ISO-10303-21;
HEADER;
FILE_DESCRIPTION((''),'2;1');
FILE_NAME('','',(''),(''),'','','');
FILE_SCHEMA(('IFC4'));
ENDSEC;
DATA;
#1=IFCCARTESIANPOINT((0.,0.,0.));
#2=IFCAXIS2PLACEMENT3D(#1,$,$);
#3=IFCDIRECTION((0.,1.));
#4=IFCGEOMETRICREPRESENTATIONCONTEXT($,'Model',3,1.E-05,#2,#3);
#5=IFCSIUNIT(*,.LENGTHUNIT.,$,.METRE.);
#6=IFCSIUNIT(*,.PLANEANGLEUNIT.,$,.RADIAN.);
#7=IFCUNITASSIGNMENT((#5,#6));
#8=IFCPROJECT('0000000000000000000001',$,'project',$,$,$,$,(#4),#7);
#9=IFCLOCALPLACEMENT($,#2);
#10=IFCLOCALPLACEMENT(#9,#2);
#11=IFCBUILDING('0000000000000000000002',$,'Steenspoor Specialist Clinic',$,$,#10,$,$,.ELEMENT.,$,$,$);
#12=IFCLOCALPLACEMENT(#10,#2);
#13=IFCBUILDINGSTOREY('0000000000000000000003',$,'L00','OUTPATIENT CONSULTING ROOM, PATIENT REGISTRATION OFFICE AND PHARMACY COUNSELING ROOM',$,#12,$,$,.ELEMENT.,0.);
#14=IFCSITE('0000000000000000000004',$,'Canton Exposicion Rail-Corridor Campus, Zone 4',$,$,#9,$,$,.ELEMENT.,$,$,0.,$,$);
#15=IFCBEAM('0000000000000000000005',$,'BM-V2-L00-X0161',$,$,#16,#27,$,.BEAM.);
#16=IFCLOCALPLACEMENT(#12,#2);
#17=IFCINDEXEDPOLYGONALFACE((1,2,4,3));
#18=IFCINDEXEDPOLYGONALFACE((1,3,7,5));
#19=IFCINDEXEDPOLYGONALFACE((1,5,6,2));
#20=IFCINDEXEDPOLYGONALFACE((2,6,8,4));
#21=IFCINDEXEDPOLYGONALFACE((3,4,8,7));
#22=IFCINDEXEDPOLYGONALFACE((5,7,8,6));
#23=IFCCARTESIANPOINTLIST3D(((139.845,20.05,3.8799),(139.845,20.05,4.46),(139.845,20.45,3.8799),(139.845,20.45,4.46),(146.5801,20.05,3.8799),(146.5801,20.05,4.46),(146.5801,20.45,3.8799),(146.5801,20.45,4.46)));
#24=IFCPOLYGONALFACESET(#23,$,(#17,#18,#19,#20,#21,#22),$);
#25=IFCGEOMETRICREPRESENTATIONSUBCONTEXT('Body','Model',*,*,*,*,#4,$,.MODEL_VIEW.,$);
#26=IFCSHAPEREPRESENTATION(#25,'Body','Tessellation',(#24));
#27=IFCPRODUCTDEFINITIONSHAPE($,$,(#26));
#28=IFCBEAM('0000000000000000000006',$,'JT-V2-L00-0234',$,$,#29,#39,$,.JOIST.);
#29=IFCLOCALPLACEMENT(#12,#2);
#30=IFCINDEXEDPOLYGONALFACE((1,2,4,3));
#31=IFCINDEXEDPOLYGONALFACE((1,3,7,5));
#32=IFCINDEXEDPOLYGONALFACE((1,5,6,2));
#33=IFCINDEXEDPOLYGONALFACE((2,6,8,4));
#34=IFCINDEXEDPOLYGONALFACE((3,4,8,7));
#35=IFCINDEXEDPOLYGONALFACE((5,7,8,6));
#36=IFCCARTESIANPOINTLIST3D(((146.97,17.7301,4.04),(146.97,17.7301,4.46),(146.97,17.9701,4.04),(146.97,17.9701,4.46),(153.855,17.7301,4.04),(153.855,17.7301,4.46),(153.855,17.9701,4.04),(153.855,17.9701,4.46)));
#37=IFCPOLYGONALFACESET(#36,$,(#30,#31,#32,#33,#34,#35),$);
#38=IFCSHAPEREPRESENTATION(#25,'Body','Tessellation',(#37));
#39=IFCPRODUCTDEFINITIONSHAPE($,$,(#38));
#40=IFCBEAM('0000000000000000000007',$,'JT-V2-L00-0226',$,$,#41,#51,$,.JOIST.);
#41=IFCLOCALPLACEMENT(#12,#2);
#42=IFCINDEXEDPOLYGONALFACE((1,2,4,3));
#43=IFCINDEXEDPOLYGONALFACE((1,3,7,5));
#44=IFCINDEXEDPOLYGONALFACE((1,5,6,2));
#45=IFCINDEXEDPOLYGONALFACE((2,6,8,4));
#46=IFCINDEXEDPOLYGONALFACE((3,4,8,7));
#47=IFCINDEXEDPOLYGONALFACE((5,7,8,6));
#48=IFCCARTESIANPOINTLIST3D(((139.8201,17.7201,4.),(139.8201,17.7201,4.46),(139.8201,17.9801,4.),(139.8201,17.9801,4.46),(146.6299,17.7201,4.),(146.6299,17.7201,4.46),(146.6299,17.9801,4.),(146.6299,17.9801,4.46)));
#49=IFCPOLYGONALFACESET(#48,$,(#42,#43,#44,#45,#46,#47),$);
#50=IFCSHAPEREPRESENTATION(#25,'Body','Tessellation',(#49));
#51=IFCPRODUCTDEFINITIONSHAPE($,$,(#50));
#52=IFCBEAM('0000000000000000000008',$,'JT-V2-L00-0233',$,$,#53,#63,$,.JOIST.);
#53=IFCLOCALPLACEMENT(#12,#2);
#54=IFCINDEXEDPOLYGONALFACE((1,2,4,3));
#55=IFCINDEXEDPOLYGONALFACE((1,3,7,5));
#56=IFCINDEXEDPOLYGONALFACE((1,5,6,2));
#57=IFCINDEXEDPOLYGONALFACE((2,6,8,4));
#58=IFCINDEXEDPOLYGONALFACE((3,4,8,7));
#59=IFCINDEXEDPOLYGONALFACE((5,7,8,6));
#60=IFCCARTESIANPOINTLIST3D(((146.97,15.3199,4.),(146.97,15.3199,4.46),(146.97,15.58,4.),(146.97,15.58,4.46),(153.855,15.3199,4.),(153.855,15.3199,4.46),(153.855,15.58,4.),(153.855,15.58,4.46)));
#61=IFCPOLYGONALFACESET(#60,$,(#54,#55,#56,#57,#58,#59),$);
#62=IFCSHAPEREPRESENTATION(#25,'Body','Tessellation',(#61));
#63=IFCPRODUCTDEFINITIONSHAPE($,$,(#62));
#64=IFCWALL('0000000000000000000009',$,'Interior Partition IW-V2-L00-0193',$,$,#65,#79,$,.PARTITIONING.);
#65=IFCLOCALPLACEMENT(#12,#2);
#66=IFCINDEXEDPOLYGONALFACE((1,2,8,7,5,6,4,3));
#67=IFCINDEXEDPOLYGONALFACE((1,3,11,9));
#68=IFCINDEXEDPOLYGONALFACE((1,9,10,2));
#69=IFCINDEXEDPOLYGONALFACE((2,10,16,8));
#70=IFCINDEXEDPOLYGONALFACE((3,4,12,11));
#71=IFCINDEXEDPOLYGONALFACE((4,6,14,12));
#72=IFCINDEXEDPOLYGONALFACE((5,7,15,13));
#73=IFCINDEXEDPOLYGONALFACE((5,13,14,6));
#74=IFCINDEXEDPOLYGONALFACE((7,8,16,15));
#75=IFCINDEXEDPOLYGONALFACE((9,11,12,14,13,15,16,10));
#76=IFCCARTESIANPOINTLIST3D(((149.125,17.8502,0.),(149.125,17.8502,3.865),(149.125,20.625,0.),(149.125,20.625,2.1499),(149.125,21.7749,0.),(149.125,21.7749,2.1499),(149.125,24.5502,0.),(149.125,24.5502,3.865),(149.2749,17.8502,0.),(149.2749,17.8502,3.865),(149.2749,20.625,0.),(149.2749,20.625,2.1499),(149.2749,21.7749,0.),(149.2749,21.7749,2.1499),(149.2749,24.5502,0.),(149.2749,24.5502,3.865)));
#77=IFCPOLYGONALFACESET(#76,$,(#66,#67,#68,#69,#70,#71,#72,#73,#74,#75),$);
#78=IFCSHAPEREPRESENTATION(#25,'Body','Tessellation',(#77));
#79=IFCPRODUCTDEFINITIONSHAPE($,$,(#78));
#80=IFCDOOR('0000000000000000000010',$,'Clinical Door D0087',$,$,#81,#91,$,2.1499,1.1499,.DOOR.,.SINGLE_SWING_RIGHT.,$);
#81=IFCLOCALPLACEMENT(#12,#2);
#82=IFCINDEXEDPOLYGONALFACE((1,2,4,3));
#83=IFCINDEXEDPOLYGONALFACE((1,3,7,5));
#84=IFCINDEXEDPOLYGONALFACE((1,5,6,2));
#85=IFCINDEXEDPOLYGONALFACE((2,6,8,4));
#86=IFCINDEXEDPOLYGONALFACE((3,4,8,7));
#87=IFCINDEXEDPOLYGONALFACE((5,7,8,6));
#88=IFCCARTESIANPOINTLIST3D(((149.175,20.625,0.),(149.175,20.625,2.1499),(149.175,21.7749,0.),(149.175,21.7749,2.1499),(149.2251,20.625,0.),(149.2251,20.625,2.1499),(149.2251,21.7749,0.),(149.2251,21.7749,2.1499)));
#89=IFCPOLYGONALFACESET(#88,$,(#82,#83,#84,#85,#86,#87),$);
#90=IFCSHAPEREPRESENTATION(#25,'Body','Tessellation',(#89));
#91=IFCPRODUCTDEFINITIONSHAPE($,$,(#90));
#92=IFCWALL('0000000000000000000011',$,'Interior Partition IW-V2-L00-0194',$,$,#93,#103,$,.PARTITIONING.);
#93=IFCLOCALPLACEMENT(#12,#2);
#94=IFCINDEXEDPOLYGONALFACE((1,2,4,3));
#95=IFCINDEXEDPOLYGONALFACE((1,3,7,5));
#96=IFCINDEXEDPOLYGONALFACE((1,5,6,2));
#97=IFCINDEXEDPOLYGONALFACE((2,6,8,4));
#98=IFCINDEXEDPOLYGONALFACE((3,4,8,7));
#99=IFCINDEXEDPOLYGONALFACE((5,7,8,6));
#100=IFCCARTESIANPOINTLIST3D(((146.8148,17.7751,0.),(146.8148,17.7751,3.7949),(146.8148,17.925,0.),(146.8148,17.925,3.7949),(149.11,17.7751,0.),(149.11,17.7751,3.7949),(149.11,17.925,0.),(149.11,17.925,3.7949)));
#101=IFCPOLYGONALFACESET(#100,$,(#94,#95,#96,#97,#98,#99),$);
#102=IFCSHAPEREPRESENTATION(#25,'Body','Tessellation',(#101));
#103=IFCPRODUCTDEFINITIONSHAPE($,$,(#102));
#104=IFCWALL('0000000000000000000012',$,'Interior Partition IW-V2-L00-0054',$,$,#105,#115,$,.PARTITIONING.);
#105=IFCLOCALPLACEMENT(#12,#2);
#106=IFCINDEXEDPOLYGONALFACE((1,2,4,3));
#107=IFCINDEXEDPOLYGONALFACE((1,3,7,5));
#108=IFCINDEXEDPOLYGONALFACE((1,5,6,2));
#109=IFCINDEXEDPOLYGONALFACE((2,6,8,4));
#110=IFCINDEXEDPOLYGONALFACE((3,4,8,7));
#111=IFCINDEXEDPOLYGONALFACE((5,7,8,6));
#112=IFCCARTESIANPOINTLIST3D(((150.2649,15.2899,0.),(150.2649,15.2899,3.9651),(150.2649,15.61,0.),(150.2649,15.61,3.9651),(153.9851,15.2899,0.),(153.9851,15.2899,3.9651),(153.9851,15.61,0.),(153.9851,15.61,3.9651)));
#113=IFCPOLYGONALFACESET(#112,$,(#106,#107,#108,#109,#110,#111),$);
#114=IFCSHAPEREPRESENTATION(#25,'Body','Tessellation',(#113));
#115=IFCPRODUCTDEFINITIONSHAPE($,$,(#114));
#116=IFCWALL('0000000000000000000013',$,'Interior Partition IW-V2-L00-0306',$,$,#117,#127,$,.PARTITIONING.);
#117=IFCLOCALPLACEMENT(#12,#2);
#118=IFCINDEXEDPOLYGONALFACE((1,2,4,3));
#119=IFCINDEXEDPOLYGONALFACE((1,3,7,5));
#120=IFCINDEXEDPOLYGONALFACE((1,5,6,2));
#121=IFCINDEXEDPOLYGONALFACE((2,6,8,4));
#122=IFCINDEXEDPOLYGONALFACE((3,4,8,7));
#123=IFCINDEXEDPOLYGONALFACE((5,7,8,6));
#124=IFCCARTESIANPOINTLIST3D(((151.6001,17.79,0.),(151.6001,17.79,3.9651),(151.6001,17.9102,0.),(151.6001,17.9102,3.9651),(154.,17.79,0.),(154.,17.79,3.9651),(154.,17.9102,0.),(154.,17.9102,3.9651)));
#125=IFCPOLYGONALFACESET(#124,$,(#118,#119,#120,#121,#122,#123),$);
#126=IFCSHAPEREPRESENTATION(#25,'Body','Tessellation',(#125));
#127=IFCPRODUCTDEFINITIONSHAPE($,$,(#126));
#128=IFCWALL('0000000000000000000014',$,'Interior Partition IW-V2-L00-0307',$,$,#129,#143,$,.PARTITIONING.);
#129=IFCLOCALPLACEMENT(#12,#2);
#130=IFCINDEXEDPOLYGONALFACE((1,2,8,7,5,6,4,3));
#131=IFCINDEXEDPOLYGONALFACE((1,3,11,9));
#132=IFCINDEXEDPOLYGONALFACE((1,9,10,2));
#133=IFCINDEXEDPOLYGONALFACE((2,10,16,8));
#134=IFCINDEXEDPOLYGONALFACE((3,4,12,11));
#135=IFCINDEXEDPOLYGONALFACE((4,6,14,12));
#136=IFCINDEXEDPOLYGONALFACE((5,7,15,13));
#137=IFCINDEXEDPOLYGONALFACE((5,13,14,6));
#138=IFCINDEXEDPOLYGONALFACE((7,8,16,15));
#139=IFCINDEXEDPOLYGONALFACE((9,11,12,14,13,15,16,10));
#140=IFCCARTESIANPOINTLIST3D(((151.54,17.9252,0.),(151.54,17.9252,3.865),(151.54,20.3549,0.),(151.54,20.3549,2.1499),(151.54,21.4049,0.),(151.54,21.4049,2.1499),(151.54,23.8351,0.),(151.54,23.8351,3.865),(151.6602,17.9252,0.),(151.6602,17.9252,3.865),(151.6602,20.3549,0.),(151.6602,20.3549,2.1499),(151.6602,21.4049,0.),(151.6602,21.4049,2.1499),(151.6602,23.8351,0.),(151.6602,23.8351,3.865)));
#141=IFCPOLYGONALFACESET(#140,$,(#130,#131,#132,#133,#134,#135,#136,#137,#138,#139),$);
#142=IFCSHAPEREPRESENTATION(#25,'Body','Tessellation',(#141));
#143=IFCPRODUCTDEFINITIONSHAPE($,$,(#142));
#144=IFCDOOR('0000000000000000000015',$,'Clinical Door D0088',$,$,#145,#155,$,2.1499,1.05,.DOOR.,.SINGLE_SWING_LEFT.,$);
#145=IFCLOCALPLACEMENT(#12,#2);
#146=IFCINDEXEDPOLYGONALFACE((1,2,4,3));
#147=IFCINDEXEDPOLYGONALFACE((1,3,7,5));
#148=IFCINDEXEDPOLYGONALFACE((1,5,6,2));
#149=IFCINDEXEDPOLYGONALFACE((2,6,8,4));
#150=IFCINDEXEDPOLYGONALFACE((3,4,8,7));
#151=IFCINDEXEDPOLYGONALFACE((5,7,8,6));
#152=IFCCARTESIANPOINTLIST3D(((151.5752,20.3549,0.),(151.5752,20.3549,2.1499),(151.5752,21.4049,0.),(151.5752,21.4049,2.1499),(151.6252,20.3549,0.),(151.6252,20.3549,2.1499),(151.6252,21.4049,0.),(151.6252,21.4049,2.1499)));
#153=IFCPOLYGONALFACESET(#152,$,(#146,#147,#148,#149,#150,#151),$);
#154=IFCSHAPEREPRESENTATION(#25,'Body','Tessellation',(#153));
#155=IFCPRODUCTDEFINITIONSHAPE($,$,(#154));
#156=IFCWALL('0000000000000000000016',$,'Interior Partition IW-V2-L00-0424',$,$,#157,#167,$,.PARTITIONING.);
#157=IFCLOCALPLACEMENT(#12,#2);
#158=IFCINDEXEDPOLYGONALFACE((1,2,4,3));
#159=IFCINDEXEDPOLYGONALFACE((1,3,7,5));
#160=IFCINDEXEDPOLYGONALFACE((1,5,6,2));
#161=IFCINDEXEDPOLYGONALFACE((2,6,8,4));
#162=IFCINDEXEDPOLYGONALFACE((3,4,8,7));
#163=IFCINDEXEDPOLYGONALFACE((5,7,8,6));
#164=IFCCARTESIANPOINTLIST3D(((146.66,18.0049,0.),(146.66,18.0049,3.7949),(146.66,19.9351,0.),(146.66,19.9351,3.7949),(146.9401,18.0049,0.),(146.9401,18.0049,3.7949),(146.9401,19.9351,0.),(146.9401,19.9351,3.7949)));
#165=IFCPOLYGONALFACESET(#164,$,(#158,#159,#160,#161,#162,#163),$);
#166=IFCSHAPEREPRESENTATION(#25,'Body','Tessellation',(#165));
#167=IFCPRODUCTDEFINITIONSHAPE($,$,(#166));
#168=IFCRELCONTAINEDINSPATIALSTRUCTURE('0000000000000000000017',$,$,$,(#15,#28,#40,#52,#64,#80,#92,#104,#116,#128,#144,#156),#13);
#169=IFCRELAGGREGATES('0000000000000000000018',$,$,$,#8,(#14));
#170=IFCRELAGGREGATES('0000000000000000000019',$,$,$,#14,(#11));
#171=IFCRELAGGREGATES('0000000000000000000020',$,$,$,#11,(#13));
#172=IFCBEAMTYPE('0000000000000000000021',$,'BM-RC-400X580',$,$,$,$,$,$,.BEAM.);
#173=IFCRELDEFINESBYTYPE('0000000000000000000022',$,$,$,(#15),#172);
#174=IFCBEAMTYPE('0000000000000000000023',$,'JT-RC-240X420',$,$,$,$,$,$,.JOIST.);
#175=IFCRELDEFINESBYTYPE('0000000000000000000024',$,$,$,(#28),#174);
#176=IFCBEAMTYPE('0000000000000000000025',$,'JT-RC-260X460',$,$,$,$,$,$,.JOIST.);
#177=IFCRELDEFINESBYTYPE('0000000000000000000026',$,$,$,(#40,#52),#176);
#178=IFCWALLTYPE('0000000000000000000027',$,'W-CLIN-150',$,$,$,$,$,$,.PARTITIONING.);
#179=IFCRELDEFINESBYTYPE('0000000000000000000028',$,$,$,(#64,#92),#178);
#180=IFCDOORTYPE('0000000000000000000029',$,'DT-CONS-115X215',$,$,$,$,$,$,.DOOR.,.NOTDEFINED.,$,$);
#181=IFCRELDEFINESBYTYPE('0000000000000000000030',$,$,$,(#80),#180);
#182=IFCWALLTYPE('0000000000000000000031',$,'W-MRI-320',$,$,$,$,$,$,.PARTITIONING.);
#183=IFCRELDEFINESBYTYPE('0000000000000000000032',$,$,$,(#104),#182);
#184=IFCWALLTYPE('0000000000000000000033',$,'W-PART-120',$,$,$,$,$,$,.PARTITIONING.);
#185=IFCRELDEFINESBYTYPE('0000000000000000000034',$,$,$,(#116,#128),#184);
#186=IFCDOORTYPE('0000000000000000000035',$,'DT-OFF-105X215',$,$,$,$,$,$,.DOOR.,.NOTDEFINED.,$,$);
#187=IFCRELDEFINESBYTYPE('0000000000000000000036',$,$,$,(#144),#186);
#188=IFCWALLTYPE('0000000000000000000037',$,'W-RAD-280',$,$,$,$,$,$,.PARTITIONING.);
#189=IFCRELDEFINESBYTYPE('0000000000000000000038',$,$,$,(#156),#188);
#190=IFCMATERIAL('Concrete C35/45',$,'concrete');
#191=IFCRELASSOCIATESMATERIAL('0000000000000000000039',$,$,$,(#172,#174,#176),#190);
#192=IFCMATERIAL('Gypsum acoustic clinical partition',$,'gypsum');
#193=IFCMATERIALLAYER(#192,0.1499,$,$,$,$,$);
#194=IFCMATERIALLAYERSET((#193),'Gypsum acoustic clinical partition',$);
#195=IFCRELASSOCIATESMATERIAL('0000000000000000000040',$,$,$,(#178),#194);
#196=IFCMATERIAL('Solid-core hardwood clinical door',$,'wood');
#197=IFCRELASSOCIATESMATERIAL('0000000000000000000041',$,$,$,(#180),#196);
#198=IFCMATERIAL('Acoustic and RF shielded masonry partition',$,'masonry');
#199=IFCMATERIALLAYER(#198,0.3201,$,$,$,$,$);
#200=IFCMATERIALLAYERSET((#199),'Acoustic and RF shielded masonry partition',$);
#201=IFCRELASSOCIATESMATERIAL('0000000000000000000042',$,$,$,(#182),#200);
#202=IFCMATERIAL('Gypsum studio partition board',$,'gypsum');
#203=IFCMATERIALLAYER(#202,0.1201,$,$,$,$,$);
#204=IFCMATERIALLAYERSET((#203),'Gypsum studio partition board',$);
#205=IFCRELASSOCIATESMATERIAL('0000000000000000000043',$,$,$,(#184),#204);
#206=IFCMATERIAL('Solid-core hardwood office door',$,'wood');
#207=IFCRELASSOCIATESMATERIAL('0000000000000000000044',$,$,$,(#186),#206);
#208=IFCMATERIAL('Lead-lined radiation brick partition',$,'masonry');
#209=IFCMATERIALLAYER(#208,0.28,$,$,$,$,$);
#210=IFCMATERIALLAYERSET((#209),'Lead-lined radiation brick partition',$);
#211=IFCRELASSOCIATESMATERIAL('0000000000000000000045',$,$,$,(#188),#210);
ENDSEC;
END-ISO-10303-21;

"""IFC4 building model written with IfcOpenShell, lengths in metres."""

from ifc_helpers import new_model, si_unit, direction, frame, frame_2d, origin, origin_2d, place, context, subcontext, project, spatial, rectangle, extrude, material, layer, layer_set, material_profile, profile_set, type_object, element, fill, save


model = new_model("IFC4")

# Units and contexts
model_context = context("Model", 3, precision=1e-05, world=origin(), true_north=direction((0.0, 1.0)))
body_context = subcontext(model_context, "Body", "Model", "MODEL_VIEW")
ifc_project = project(units=[si_unit("LENGTHUNIT", "METRE"), si_unit("PLANEANGLEUNIT", "RADIAN")], contexts=[model_context])

# Site, building, storey
site_placement = place(None, origin())
site = spatial("IfcSite", under=ifc_project, at=site_placement, Name="Canton Exposicion Rail-Corridor Campus, Zone 4", CompositionType="ELEMENT", RefElevation=0.0)
building_placement = place(site_placement, origin())
building = spatial("IfcBuilding", under=site, at=building_placement, Name="Steenspoor Specialist Clinic", CompositionType="ELEMENT")
storey_placement = place(building_placement, origin())
storey = spatial("IfcBuildingStorey", under=building, at=storey_placement, Name="L00", Description="OUTPATIENT CONSULTING ROOM, PATIENT REGISTRATION OFFICE AND PHARMACY COUNSELING ROOM", CompositionType="ELEMENT", Elevation=0.0)

# Shared definitions
ifc_material_1 = material(Name="Concrete C35/45", Category="concrete")

# Beams
ifc_material_profile_1 = material_profile(ifc_material_1, rectangle(XDim=0.3999, YDim=0.5801, at=origin_2d()), Name="RC-BM-400X580")
ifc_profile_set_1 = profile_set([ifc_material_profile_1], Name="Concrete C35/45")
beam_type_1 = type_object("IfcBeamType", Name="BM-RC-400X580", PredefinedType="BEAM", material=ifc_profile_set_1)
beam_1_placement = place(storey_placement, frame((139.845, 20.25, 4.1699), z_axis=(1.0, 0.0, 0.0), x_axis=(0.0, 1.0, 0.0)))
element("IfcBeam", 1, at=beam_1_placement, inside=storey, type_object=beam_type_1, Name="BM-V2-L00-X0161", PredefinedType="BEAM", context=body_context, shape_type="SweptSolid", body=[
    extrude(rectangle(XDim=0.3999, YDim=0.5801, at=origin_2d()), origin(), (0.0, 0.0, 1.0), 6.7351),
])
ifc_material_profile_2 = material_profile(ifc_material_1, rectangle(XDim=0.24, YDim=0.4199, at=origin_2d()), Name="RC-JT-240X420")
ifc_profile_set_2 = profile_set([ifc_material_profile_2], Name="Concrete C35/45")
beam_type_2 = type_object("IfcBeamType", Name="JT-RC-240X420", PredefinedType="JOIST", material=ifc_profile_set_2)
beam_2_placement = place(storey_placement, frame((146.97, 17.8501, 4.25), z_axis=(1.0, 0.0, 0.0), x_axis=(0.0, 1.0, 0.0)))
element("IfcBeam", 2, at=beam_2_placement, inside=storey, type_object=beam_type_2, Name="JT-V2-L00-0234", PredefinedType="JOIST", context=body_context, shape_type="SweptSolid", body=[
    extrude(rectangle(XDim=0.24, YDim=0.4199, at=origin_2d()), origin(), (0.0, 0.0, 1.0), 6.885),
])
ifc_material_profile_3 = material_profile(ifc_material_1, rectangle(XDim=0.26, YDim=0.46, at=origin_2d()), Name="RC-JT-260X460")
ifc_profile_set_3 = profile_set([ifc_material_profile_3], Name="Concrete C35/45")
beam_type_3 = type_object("IfcBeamType", Name="JT-RC-260X460", PredefinedType="JOIST", material=ifc_profile_set_3)
beam_3_placement = place(storey_placement, frame((139.8201, 17.8501, 4.23), z_axis=(1.0, 0.0, 0.0), x_axis=(0.0, 1.0, 0.0)))
element("IfcBeam", 3, at=beam_3_placement, inside=storey, type_object=beam_type_3, Name="JT-V2-L00-0226", PredefinedType="JOIST", context=body_context, shape_type="SweptSolid", body=[
    extrude(rectangle(XDim=0.26, YDim=0.46, at=origin_2d()), origin(), (0.0, 0.0, 1.0), 6.8098),
])
beam_4_placement = place(storey_placement, frame((146.97, 15.45, 4.23), z_axis=(1.0, 0.0, 0.0), x_axis=(0.0, 1.0, 0.0)))
element("IfcBeam", 4, at=beam_4_placement, inside=storey, type_object=beam_type_3, Name="JT-V2-L00-0233", PredefinedType="JOIST", context=body_context, shape_type="SweptSolid", body=[
    extrude(rectangle(XDim=0.26, YDim=0.46, at=origin_2d()), origin(), (0.0, 0.0, 1.0), 6.885),
])

# Wall, opening, door
ifc_material_2 = material(Name="Gypsum acoustic clinical partition", Category="gypsum")
ifc_layer_1 = layer(ifc_material_2, 0.1499)
ifc_layer_set_1 = layer_set([ifc_layer_1], Name="Gypsum acoustic clinical partition")
wall_type_1 = type_object("IfcWallType", Name="W-CLIN-150", PredefinedType="PARTITIONING", material=ifc_layer_set_1)
wall_1_placement = place(storey_placement, frame((149.2, 17.8501, 0.0), z_axis=(0.0, 0.0, 1.0), x_axis=(0.0, 1.0, 0.0)))
wall_1 = element("IfcWall", 5, at=wall_1_placement, inside=storey, type_object=wall_type_1, Name="Interior Partition IW-V2-L00-0193", PredefinedType="PARTITIONING", context=body_context, shape_type="SweptSolid", body=[
    extrude(rectangle(XDim=6.7, YDim=0.1499, at=frame_2d((3.3501, 0.0))), origin(), (0.0, 0.0, 1.0), 3.865),
])
opening_1_placement = place(wall_1_placement, frame((2.7749, 0.0, 0.0)))
opening_1 = element("IfcOpeningElement", 6, at=opening_1_placement, cuts=wall_1, PredefinedType="OPENING", context=body_context, shape_type="SweptSolid", body=[
    extrude(rectangle(XDim=1.1499, YDim=2.1499, at=frame_2d((0.575, 1.075))), frame((0.0, 0.085, 0.0), z_axis=(0.0, -1.0, 0.0), x_axis=(1.0, 0.0, 0.0)), (0.0, 0.0, 1.0), 0.1699),
])
ifc_material_3 = material(Name="Solid-core hardwood clinical door", Category="wood")
door_type_1 = type_object("IfcDoorType", Name="DT-CONS-115X215", OperationType="NOTDEFINED", PredefinedType="DOOR", material=ifc_material_3)
door_1_placement = place(opening_1_placement, origin())
door_1 = element("IfcDoor", 7, at=door_1_placement, inside=storey, type_object=door_type_1, Name="Clinical Door D0087", OperationType="SINGLE_SWING_RIGHT", OverallHeight=2.1499, OverallWidth=1.1499, PredefinedType="DOOR", context=body_context, shape_type="SweptSolid", body=[
    extrude(rectangle(XDim=1.1499, YDim=2.1499, at=frame_2d((0.575, 1.075))), frame((0.0, 0.0249, 0.0), z_axis=(0.0, -1.0, 0.0), x_axis=(1.0, 0.0, 0.0)), (0.0, 0.0, 1.0), 0.05),
])
fill(opening_1, door_1)

# Walls
wall_2_placement = place(storey_placement, frame((146.8149, 17.8501, 0.0), z_axis=(0.0, 0.0, 1.0), x_axis=(1.0, 0.0, 0.0)))
element("IfcWall", 8, at=wall_2_placement, inside=storey, type_object=wall_type_1, Name="Interior Partition IW-V2-L00-0194", PredefinedType="PARTITIONING", context=body_context, shape_type="SweptSolid", body=[
    extrude(rectangle(XDim=2.2952, YDim=0.1499, at=frame_2d((1.1475, 0.0))), origin(), (0.0, 0.0, 1.0), 3.7949),
])
ifc_material_4 = material(Name="Acoustic and RF shielded masonry partition", Category="masonry")
ifc_layer_2 = layer(ifc_material_4, 0.3201)
ifc_layer_set_2 = layer_set([ifc_layer_2], Name="Acoustic and RF shielded masonry partition")
wall_type_2 = type_object("IfcWallType", Name="W-MRI-320", PredefinedType="PARTITIONING", material=ifc_layer_set_2)
wall_3_placement = place(storey_placement, frame((150.2649, 15.45, 0.0), z_axis=(0.0, 0.0, 1.0), x_axis=(1.0, 0.0, 0.0)))
element("IfcWall", 9, at=wall_3_placement, inside=storey, type_object=wall_type_2, Name="Interior Partition IW-V2-L00-0054", PredefinedType="PARTITIONING", context=body_context, shape_type="SweptSolid", body=[
    extrude(rectangle(XDim=3.7202, YDim=0.3201, at=frame_2d((1.8601, 0.0))), origin(), (0.0, 0.0, 1.0), 3.9651),
])
ifc_material_5 = material(Name="Gypsum studio partition board", Category="gypsum")
ifc_layer_3 = layer(ifc_material_5, 0.1201)
ifc_layer_set_3 = layer_set([ifc_layer_3], Name="Gypsum studio partition board")
wall_type_3 = type_object("IfcWallType", Name="W-PART-120", PredefinedType="PARTITIONING", material=ifc_layer_set_3)
wall_4_placement = place(storey_placement, frame((151.6001, 17.8501, 0.0), z_axis=(0.0, 0.0, 1.0), x_axis=(1.0, 0.0, 0.0)))
element("IfcWall", 10, at=wall_4_placement, inside=storey, type_object=wall_type_3, Name="Interior Partition IW-V2-L00-0306", PredefinedType="PARTITIONING", context=body_context, shape_type="SweptSolid", body=[
    extrude(rectangle(XDim=2.3999, YDim=0.1201, at=frame_2d((1.2, 0.0))), origin(), (0.0, 0.0, 1.0), 3.9651),
])

# Wall, opening, door
wall_5_placement = place(storey_placement, frame((151.6001, 17.925, 0.0), z_axis=(0.0, 0.0, 1.0), x_axis=(0.0, 1.0, 0.0)))
wall_5 = element("IfcWall", 11, at=wall_5_placement, inside=storey, type_object=wall_type_3, Name="Interior Partition IW-V2-L00-0307", PredefinedType="PARTITIONING", context=body_context, shape_type="SweptSolid", body=[
    extrude(rectangle(XDim=5.9099, YDim=0.1201, at=frame_2d((2.9551, 0.0))), origin(), (0.0, 0.0, 1.0), 3.865),
])
opening_2_placement = place(wall_5_placement, frame((2.4299, 0.0, 0.0)))
opening_2 = element("IfcOpeningElement", 12, at=opening_2_placement, cuts=wall_5, PredefinedType="OPENING", context=body_context, shape_type="SweptSolid", body=[
    extrude(rectangle(XDim=1.05, YDim=2.1499, at=frame_2d((0.5249, 1.075))), frame((0.0, 0.0701, 0.0), z_axis=(0.0, -1.0, 0.0), x_axis=(1.0, 0.0, 0.0)), (0.0, 0.0, 1.0), 0.1401),
])
ifc_material_6 = material(Name="Solid-core hardwood office door", Category="wood")
door_type_2 = type_object("IfcDoorType", Name="DT-OFF-105X215", OperationType="NOTDEFINED", PredefinedType="DOOR", material=ifc_material_6)
door_2_placement = place(opening_2_placement, origin())
door_2 = element("IfcDoor", 13, at=door_2_placement, inside=storey, type_object=door_type_2, Name="Clinical Door D0088", OperationType="SINGLE_SWING_LEFT", OverallHeight=2.1499, OverallWidth=1.05, PredefinedType="DOOR", context=body_context, shape_type="SweptSolid", body=[
    extrude(rectangle(XDim=1.05, YDim=2.1499, at=frame_2d((0.5249, 1.075))), frame((0.0, 0.0249, 0.0), z_axis=(0.0, -1.0, 0.0), x_axis=(1.0, 0.0, 0.0)), (0.0, 0.0, 1.0), 0.05),
])
fill(opening_2, door_2)

# Wall
ifc_material_7 = material(Name="Lead-lined radiation brick partition", Category="masonry")
ifc_layer_4 = layer(ifc_material_7, 0.28)
ifc_layer_set_4 = layer_set([ifc_layer_4], Name="Lead-lined radiation brick partition")
wall_type_4 = type_object("IfcWallType", Name="W-RAD-280", PredefinedType="PARTITIONING", material=ifc_layer_set_4)
wall_6_placement = place(storey_placement, frame((146.8, 18.0049, 0.0), z_axis=(0.0, 0.0, 1.0), x_axis=(0.0, 1.0, 0.0)))
element("IfcWall", 14, at=wall_6_placement, inside=storey, type_object=wall_type_4, Name="Interior Partition IW-V2-L00-0424", PredefinedType="PARTITIONING", context=body_context, shape_type="SweptSolid", body=[
    extrude(rectangle(XDim=1.9302, YDim=0.28, at=frame_2d((0.9651, 0.0))), origin(), (0.0, 0.0, 1.0), 3.7949),
])

save(model, "model.ifc")
